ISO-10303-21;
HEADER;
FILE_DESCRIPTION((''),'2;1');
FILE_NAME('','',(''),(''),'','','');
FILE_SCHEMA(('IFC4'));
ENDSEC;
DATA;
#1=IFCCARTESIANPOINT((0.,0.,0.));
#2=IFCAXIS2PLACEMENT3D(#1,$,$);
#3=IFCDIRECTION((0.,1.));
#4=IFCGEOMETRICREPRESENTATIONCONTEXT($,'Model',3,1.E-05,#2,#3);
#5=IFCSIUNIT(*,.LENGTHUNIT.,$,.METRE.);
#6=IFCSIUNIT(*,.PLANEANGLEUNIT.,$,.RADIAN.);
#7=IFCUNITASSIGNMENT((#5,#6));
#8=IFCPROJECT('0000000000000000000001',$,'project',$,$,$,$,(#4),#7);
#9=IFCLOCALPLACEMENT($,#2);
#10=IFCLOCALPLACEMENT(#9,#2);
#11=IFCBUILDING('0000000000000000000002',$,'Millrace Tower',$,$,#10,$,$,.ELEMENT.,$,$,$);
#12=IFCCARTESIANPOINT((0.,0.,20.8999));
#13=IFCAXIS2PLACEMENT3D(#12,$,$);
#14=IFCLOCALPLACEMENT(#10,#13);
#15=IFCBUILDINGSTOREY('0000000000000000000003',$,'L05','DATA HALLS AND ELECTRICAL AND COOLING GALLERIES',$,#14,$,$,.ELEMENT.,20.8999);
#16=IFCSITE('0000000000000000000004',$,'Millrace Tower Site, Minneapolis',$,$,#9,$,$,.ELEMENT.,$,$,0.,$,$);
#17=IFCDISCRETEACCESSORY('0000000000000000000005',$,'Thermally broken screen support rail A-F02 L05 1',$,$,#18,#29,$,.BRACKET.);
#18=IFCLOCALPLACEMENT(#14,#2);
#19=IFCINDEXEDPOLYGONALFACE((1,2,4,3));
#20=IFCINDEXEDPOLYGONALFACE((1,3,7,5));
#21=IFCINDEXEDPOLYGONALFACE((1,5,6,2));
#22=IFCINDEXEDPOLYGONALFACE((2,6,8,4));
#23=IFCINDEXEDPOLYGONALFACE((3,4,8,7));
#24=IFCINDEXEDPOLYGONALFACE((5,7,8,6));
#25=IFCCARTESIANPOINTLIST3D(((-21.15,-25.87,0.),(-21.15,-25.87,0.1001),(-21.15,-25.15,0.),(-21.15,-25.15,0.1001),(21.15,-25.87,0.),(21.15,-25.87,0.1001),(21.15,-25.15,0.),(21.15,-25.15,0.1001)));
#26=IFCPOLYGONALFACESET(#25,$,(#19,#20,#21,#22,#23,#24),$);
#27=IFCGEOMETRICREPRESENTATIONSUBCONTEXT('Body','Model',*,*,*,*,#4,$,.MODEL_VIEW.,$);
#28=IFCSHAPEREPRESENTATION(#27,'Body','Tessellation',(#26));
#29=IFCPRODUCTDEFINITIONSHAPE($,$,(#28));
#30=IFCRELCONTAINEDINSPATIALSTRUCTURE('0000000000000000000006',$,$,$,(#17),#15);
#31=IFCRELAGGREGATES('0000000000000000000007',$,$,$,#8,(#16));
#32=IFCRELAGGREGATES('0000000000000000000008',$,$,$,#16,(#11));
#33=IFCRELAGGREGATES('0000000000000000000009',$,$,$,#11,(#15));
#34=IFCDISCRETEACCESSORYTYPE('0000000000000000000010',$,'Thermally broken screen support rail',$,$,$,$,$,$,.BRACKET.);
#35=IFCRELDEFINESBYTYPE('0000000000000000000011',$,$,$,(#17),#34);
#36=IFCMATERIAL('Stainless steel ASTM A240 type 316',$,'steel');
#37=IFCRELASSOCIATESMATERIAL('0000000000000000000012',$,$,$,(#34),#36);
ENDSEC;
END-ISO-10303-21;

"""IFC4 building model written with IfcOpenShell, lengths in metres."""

from ifc_helpers import new_model, si_unit, direction, frame, origin, origin_2d, place, context, subcontext, project, spatial, rectangle, extrude, material, type_object, element, save


model = new_model("IFC4")

# Units and contexts
model_context = context("Model", 3, precision=1e-05, world=origin(), true_north=direction((0.0, 1.0)))
body_context = subcontext(model_context, "Body", "Model", "MODEL_VIEW")
ifc_project = project(units=[si_unit("LENGTHUNIT", "METRE"), si_unit("PLANEANGLEUNIT", "RADIAN")], contexts=[model_context])

# Site, building, storey
site_placement = place(None, origin())
site = spatial("IfcSite", under=ifc_project, at=site_placement, Name="Millrace Tower Site, Minneapolis", CompositionType="ELEMENT", RefElevation=0.0)
building_placement = place(site_placement, origin())
building = spatial("IfcBuilding", under=site, at=building_placement, Name="Millrace Tower", CompositionType="ELEMENT")
storey_placement = place(building_placement, frame((0.0, 0.0, 20.8999)))
storey = spatial("IfcBuildingStorey", under=building, at=storey_placement, Name="L05", Description="DATA HALLS AND ELECTRICAL AND COOLING GALLERIES", CompositionType="ELEMENT", Elevation=20.8999)

# Discrete accessory
ifc_material_1 = material(Name="Stainless steel ASTM A240 type 316", Category="steel")
discrete_accessory_type = type_object("IfcDiscreteAccessoryType", Name="Thermally broken screen support rail", PredefinedType="BRACKET", material=ifc_material_1)
discrete_accessory_placement = place(storey_placement, frame((0.0, -25.51, 0.0), z_axis=(0.0, 0.0, 1.0), x_axis=(1.0, 0.0, 0.0)))
element("IfcDiscreteAccessory", 1, at=discrete_accessory_placement, inside=storey, type_object=discrete_accessory_type, Name="Thermally broken screen support rail A-F02 L05 1", PredefinedType="BRACKET", context=body_context, shape_type="SweptSolid", body=[
    extrude(rectangle(XDim=42.3, YDim=0.72, at=origin_2d()), origin(), (0.0, 0.0, 1.0), 0.1001),
])

save(model, "model.ifc")
